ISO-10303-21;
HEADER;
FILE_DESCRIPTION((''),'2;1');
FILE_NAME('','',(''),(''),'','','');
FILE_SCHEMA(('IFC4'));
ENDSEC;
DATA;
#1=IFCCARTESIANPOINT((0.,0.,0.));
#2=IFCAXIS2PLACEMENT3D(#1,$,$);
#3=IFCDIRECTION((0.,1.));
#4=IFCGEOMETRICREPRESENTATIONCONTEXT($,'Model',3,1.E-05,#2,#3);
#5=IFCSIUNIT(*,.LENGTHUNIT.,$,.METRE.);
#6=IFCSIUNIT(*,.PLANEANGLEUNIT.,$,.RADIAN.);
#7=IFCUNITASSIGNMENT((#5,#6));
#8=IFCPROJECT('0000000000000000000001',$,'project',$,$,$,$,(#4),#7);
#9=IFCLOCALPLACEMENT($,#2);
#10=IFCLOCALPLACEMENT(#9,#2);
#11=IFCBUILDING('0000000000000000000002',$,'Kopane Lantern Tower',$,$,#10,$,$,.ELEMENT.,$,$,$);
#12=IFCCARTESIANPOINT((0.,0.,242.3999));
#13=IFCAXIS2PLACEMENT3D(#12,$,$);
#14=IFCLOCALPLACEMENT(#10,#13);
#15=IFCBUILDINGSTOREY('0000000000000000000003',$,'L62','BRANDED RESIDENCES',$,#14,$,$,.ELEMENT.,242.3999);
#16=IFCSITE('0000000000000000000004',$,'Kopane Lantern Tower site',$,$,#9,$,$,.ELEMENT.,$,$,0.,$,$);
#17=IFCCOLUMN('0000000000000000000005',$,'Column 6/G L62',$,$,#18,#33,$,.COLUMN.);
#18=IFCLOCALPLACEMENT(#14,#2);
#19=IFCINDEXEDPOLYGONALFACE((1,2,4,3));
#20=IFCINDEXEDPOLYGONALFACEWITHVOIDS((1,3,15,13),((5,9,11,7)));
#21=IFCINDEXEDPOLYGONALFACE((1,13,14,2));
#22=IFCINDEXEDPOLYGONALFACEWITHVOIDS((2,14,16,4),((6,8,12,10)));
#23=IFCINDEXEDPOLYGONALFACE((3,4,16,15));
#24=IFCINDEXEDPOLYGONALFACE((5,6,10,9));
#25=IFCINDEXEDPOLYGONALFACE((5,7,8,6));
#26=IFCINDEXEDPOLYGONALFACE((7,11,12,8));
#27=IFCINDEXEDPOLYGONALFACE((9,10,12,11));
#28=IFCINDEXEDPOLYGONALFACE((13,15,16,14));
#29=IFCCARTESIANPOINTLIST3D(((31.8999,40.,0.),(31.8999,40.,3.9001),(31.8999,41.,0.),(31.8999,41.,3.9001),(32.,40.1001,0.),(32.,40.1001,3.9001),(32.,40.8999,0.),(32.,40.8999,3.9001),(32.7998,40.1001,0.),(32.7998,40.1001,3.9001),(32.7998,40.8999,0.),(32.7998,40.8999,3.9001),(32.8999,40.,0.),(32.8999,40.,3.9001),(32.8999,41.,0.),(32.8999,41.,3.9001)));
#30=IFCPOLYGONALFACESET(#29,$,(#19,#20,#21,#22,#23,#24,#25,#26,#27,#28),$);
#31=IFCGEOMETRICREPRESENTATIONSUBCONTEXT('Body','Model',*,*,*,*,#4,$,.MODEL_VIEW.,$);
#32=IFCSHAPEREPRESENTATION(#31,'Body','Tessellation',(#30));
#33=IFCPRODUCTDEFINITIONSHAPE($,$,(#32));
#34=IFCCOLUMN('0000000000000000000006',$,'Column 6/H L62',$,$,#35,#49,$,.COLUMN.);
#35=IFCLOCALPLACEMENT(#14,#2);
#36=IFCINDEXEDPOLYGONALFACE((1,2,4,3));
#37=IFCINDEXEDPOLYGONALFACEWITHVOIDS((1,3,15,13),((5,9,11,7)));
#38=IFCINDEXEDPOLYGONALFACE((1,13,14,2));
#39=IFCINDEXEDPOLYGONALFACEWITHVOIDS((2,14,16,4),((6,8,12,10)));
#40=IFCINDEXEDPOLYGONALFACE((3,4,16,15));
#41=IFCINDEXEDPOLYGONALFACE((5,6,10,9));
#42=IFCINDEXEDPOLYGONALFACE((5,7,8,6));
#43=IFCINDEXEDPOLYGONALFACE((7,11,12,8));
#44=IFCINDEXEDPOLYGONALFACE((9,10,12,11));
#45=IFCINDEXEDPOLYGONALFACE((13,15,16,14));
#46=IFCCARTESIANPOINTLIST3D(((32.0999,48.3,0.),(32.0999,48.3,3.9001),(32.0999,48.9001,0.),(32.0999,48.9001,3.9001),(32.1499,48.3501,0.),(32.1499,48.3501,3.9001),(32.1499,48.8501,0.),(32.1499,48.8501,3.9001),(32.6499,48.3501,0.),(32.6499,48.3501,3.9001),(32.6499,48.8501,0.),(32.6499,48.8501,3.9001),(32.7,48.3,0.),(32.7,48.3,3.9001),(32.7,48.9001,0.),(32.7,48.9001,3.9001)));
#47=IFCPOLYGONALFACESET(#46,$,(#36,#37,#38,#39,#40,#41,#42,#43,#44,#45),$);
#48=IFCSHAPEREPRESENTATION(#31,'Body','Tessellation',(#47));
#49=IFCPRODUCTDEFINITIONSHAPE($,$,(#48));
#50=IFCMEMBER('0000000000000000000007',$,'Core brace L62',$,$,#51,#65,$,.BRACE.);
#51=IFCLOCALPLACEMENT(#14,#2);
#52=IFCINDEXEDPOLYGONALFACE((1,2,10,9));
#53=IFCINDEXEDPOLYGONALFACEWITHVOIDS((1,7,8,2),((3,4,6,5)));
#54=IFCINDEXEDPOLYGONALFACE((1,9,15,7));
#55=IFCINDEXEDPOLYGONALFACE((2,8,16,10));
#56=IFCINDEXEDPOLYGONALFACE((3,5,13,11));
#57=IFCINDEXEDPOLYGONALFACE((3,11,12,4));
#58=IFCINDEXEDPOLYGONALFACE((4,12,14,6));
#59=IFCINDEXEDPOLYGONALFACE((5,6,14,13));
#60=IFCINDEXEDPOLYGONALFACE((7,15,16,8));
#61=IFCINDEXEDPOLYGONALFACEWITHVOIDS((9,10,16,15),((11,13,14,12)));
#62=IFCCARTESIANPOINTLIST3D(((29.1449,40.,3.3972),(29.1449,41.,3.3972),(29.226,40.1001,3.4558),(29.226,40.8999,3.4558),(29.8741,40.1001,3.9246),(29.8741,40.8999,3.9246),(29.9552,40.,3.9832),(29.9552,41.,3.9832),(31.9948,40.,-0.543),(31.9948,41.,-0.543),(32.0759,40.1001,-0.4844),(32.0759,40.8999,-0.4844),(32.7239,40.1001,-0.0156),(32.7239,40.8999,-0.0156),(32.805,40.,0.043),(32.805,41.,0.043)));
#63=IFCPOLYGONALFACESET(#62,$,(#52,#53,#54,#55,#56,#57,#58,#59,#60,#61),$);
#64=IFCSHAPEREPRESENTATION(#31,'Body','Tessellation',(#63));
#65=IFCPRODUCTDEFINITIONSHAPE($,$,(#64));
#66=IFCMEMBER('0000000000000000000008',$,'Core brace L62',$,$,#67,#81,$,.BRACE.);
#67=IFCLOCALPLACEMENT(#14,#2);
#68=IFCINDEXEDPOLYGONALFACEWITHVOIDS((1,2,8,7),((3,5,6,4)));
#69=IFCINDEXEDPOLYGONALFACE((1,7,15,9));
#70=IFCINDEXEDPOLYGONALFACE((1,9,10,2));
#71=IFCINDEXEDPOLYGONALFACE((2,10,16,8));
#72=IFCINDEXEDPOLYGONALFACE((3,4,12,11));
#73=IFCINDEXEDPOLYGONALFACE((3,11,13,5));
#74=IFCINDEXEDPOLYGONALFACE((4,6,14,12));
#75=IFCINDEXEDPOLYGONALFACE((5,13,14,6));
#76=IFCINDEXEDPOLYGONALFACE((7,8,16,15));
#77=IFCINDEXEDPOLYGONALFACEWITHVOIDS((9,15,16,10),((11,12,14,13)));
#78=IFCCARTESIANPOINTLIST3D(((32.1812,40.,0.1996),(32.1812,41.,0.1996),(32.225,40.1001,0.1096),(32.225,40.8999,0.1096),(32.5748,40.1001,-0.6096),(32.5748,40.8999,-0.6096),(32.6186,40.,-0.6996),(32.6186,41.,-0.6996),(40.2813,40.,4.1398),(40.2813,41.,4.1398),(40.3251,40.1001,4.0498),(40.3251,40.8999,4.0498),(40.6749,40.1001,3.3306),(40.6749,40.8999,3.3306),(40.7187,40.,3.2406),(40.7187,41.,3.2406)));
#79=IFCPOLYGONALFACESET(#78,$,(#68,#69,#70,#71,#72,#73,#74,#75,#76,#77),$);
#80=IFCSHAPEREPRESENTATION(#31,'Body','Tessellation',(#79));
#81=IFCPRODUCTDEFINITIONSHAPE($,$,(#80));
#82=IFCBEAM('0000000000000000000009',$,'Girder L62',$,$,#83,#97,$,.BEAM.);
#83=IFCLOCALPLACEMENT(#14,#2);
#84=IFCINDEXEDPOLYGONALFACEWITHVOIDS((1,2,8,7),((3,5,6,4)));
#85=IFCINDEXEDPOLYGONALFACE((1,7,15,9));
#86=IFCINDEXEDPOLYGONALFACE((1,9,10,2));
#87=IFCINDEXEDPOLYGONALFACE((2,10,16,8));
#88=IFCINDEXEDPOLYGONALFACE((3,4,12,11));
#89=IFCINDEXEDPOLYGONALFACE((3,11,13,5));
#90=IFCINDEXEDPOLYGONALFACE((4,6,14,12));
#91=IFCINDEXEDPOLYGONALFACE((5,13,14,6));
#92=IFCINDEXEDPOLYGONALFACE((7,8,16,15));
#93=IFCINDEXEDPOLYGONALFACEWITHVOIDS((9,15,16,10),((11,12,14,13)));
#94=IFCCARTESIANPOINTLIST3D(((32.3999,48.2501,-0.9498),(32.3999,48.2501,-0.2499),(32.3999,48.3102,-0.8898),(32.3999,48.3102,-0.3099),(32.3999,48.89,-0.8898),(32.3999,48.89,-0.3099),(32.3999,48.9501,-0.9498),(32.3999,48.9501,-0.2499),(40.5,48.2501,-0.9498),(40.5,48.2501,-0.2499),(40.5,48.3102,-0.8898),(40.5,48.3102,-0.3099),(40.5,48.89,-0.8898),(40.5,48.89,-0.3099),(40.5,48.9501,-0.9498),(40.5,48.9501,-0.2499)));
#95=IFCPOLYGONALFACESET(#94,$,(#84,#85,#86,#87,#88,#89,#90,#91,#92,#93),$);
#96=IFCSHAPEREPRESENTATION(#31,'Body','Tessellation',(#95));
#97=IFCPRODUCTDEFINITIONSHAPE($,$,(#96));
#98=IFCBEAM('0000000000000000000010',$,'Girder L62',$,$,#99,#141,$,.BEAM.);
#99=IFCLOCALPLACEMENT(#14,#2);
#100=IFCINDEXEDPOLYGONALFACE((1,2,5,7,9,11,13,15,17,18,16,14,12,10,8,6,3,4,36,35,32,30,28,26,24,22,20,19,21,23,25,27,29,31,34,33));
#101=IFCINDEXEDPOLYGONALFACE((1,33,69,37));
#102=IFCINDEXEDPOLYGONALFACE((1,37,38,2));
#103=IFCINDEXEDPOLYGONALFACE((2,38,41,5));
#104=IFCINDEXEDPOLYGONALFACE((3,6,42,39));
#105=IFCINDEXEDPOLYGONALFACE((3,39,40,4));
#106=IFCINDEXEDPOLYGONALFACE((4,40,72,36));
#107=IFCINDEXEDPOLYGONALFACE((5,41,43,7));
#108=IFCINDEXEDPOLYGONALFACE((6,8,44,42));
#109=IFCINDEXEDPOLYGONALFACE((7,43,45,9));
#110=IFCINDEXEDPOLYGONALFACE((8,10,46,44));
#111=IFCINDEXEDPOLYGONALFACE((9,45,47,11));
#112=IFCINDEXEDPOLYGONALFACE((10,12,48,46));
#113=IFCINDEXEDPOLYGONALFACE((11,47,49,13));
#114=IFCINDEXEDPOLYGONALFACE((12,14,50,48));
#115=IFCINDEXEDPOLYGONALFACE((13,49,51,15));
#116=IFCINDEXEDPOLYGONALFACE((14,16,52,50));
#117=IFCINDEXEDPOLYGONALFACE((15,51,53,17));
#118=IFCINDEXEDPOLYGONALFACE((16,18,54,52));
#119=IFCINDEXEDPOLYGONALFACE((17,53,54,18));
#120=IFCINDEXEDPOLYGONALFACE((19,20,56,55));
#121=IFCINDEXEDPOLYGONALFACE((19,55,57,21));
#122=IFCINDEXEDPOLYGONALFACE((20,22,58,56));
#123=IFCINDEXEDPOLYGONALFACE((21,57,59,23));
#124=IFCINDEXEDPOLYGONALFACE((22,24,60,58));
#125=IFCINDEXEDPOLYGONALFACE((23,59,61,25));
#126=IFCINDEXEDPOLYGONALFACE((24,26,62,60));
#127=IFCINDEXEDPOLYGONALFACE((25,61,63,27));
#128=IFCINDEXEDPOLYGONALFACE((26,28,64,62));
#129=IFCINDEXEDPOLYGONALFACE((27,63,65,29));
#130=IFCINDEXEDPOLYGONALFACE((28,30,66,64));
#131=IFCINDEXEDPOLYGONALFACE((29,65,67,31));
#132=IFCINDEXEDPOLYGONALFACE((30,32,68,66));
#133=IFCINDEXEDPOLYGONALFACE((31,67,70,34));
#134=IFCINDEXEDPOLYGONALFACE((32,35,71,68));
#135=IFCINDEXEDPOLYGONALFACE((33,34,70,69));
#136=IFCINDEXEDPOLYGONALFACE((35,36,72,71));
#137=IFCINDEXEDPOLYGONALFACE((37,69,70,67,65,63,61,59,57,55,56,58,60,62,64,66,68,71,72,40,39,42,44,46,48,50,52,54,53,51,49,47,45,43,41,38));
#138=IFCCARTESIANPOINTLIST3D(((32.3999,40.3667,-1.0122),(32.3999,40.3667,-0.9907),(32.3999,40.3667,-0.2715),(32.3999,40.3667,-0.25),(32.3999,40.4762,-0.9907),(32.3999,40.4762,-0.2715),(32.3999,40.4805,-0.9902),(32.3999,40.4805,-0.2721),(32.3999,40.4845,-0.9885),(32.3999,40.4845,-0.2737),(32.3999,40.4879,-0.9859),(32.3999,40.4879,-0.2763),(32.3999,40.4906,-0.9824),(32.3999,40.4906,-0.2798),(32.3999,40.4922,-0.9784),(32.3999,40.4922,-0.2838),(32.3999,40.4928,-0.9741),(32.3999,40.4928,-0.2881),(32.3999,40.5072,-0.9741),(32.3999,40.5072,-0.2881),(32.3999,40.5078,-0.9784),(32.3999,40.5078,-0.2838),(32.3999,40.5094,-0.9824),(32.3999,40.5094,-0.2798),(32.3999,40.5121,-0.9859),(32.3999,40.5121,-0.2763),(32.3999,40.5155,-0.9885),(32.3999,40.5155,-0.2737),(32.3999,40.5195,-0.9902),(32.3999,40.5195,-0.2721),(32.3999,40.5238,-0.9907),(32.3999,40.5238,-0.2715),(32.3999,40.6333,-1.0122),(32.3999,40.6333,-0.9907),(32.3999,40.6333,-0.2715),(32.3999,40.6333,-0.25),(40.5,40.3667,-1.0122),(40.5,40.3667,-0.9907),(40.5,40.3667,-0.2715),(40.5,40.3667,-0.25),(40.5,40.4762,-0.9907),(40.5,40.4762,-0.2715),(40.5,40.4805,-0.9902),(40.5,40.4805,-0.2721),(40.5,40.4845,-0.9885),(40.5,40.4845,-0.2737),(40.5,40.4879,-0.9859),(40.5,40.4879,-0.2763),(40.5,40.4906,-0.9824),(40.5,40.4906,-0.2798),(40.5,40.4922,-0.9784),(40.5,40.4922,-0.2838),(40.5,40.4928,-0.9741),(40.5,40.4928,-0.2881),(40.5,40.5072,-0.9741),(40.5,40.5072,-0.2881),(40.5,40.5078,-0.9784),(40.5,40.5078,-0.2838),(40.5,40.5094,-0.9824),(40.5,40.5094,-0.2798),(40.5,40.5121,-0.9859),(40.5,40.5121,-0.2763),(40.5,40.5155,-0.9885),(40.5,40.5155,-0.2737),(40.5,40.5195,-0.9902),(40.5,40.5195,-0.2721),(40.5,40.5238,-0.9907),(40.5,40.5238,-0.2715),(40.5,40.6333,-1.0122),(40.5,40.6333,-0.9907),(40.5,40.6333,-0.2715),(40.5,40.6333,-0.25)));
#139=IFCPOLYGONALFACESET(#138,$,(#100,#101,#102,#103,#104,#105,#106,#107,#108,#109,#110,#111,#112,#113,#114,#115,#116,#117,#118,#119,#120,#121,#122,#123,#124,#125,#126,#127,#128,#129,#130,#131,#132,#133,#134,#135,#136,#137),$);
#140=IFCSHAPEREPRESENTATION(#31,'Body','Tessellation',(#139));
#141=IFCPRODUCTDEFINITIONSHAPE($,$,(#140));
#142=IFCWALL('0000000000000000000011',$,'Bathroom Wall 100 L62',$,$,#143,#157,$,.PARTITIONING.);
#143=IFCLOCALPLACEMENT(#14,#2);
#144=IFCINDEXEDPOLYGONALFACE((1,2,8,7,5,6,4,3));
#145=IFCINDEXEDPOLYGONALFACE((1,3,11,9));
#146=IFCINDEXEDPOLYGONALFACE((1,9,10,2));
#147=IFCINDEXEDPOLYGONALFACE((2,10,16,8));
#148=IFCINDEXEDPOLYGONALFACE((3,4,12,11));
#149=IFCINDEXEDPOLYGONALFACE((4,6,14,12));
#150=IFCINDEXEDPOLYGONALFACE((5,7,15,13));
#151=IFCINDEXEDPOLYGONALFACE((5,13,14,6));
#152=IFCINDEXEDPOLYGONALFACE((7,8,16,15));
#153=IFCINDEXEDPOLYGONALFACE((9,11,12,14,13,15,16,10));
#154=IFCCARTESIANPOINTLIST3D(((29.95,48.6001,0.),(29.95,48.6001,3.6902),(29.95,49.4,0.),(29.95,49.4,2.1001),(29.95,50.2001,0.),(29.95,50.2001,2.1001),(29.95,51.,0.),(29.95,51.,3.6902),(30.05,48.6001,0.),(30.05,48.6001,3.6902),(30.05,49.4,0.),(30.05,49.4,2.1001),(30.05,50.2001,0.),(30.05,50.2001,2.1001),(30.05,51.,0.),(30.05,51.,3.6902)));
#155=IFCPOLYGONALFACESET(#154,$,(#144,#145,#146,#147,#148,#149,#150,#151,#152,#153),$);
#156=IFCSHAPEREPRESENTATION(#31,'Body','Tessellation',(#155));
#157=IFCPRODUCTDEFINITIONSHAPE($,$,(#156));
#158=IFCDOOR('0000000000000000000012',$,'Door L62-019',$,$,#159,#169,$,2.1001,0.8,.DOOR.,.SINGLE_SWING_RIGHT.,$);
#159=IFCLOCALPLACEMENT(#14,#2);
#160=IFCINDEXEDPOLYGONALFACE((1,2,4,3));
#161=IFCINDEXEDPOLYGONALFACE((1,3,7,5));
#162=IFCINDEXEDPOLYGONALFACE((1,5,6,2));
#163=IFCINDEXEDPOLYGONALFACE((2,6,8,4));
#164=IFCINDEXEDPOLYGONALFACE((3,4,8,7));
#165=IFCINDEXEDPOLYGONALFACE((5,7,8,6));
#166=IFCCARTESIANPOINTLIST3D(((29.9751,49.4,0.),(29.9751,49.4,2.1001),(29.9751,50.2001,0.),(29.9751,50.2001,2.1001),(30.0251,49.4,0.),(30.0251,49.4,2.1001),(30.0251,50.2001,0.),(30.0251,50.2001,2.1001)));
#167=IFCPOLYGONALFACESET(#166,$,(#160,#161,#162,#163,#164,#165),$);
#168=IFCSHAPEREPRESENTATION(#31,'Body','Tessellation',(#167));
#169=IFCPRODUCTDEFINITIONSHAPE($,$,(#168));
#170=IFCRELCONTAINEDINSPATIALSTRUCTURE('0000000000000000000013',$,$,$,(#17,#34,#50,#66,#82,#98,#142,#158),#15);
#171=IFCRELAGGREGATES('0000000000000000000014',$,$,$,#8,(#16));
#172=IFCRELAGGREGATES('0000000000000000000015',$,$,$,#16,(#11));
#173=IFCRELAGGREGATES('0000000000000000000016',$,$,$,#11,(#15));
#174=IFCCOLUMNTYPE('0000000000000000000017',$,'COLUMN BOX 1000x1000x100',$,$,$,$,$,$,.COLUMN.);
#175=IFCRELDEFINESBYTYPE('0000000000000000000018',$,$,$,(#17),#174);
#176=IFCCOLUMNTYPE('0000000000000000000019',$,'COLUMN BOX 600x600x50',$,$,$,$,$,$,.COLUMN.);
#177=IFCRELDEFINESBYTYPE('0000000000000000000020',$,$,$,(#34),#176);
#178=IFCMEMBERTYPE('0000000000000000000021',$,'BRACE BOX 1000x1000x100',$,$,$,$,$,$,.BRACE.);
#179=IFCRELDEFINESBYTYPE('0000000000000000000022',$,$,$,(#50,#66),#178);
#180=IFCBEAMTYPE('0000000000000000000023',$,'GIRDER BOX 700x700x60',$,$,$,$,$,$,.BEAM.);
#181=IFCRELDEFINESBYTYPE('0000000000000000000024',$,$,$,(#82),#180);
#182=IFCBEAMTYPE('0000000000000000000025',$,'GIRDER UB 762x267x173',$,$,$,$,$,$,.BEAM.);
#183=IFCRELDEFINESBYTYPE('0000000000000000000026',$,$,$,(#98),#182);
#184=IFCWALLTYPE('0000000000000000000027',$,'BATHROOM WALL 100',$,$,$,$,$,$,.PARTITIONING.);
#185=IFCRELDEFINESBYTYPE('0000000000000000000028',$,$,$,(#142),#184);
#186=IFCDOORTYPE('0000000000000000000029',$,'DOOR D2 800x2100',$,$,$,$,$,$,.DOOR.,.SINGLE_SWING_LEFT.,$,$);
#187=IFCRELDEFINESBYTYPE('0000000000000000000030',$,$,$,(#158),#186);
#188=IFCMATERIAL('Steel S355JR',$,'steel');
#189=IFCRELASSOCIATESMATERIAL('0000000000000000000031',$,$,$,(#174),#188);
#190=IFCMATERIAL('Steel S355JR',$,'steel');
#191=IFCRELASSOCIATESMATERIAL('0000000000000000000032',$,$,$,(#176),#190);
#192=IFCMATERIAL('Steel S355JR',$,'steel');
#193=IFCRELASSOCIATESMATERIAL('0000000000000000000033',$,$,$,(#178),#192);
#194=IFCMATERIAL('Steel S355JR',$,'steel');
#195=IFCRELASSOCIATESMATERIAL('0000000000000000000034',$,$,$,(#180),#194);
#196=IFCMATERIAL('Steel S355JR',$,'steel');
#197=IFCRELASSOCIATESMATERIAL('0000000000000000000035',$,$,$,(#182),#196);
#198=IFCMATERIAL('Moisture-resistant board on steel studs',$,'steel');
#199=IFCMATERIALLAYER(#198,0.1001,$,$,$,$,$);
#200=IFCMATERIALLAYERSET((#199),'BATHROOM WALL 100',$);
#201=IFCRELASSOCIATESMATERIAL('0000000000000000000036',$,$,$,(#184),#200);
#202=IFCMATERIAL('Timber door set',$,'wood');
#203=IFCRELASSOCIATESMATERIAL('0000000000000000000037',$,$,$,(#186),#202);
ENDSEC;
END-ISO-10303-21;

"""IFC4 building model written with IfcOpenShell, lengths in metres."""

from ifc_helpers import new_model, si_unit, direction, frame, frame_2d, origin, origin_2d, place, context, subcontext, project, spatial, rectangle, hollow_rectangle, i_section, extrude, material, layer, layer_set, material_profile, profile_set, type_object, element, fill, save


model = new_model("IFC4")

# Units and contexts
model_context = context("Model", 3, precision=1e-05, world=origin(), true_north=direction((0.0, 1.0)))
body_context = subcontext(model_context, "Body", "Model", "MODEL_VIEW")
ifc_project = project(units=[si_unit("LENGTHUNIT", "METRE"), si_unit("PLANEANGLEUNIT", "RADIAN")], contexts=[model_context])

# Site, building, storey
site_placement = place(None, origin())
site = spatial("IfcSite", under=ifc_project, at=site_placement, Name="Kopane Lantern Tower site", CompositionType="ELEMENT", RefElevation=0.0)
building_placement = place(site_placement, origin())
building = spatial("IfcBuilding", under=site, at=building_placement, Name="Kopane Lantern Tower", CompositionType="ELEMENT")
storey_placement = place(building_placement, frame((0.0, 0.0, 242.3999)))
storey = spatial("IfcBuildingStorey", under=building, at=storey_placement, Name="L62", Description="BRANDED RESIDENCES", CompositionType="ELEMENT", Elevation=242.3999)

# Columns
ifc_material_1 = material(Name="Steel S355JR", Category="steel")
ifc_material_profile_1 = material_profile(ifc_material_1, hollow_rectangle(XDim=1.0, YDim=1.0, WallThickness=0.1001, at=origin_2d()), Name="BOX 1000x1000x100")
ifc_profile_set_1 = profile_set([ifc_material_profile_1], Name="Steel S355JR")
column_type_1 = type_object("IfcColumnType", Name="COLUMN BOX 1000x1000x100", PredefinedType="COLUMN", material=ifc_profile_set_1)
column_1_placement = place(storey_placement, frame((32.3999, 40.5, 0.0), z_axis=(0.0, 0.0, 1.0), x_axis=(1.0, 0.0, 0.0)))
element("IfcColumn", 1, at=column_1_placement, inside=storey, type_object=column_type_1, Name="Column 6/G L62", PredefinedType="COLUMN", context=body_context, shape_type="SweptSolid", body=[
    extrude(hollow_rectangle(XDim=1.0, YDim=1.0, WallThickness=0.1001, at=origin_2d()), origin(), (0.0, 0.0, 1.0), 3.9001),
])
ifc_material_2 = material(Name="Steel S355JR", Category="steel")
ifc_material_profile_2 = material_profile(ifc_material_2, hollow_rectangle(XDim=0.6001, YDim=0.6001, WallThickness=0.05, at=origin_2d()), Name="BOX 600x600x50")
ifc_profile_set_2 = profile_set([ifc_material_profile_2], Name="Steel S355JR")
column_type_2 = type_object("IfcColumnType", Name="COLUMN BOX 600x600x50", PredefinedType="COLUMN", material=ifc_profile_set_2)
column_2_placement = place(storey_placement, frame((32.3999, 48.6001, 0.0), z_axis=(0.0, 0.0, 1.0), x_axis=(1.0, 0.0, 0.0)))
element("IfcColumn", 2, at=column_2_placement, inside=storey, type_object=column_type_2, Name="Column 6/H L62", PredefinedType="COLUMN", context=body_context, shape_type="SweptSolid", body=[
    extrude(hollow_rectangle(XDim=0.6001, YDim=0.6001, WallThickness=0.05, at=origin_2d()), origin(), (0.0, 0.0, 1.0), 3.9001),
])

# Members
ifc_material_3 = material(Name="Steel S355JR", Category="steel")
ifc_material_profile_3 = material_profile(ifc_material_3, hollow_rectangle(XDim=1.0, YDim=1.0, WallThickness=0.1001, at=origin_2d()), Name="BOX 1000x1000x100")
ifc_profile_set_3 = profile_set([ifc_material_profile_3], Name="Steel S355JR")
member_type = type_object("IfcMemberType", Name="BRACE BOX 1000x1000x100", PredefinedType="BRACE", material=ifc_profile_set_3)
member_1_placement = place(storey_placement, frame((32.3999, 40.5, -0.25), z_axis=(-0.586053, 0.0, 0.810273), x_axis=(0.0, -1.0, 0.0)))
element("IfcMember", 3, at=member_1_placement, inside=storey, type_object=member_type, Name="Core brace L62", PredefinedType="BRACE", context=body_context, shape_type="SweptSolid", body=[
    extrude(hollow_rectangle(XDim=1.0, YDim=1.0, WallThickness=0.1001, at=origin_2d()), origin(), (0.0, 0.0, 1.0), 4.8628),
])
member_2_placement = place(storey_placement, frame((32.3999, 40.5, -0.25), z_axis=(0.899253, 0.0, 0.43743), x_axis=(0.0, 1.0, 0.0)))
element("IfcMember", 4, at=member_2_placement, inside=storey, type_object=member_type, Name="Core brace L62", PredefinedType="BRACE", context=body_context, shape_type="SweptSolid", body=[
    extrude(hollow_rectangle(XDim=1.0, YDim=1.0, WallThickness=0.1001, at=origin_2d()), origin(), (0.0, 0.0, 1.0), 9.0076),
])

# Beams
ifc_material_4 = material(Name="Steel S355JR", Category="steel")
ifc_material_profile_4 = material_profile(ifc_material_4, hollow_rectangle(XDim=0.7, YDim=0.7, WallThickness=0.0601, at=origin_2d()), Name="BOX 700x700x60")
ifc_profile_set_4 = profile_set([ifc_material_profile_4], Name="Steel S355JR")
beam_type_1 = type_object("IfcBeamType", Name="GIRDER BOX 700x700x60", PredefinedType="BEAM", material=ifc_profile_set_4)
beam_1_placement = place(storey_placement, frame((32.3999, 48.6001, -0.5999), z_axis=(1.0, 0.0, 0.0), x_axis=(0.0, 1.0, 0.0)))
element("IfcBeam", 5, at=beam_1_placement, inside=storey, type_object=beam_type_1, Name="Girder L62", PredefinedType="BEAM", context=body_context, shape_type="SweptSolid", body=[
    extrude(hollow_rectangle(XDim=0.7, YDim=0.7, WallThickness=0.0601, at=origin_2d()), origin(), (0.0, 0.0, 1.0), 8.1001),
])
ifc_material_5 = material(Name="Steel S355JR", Category="steel")
ifc_material_profile_5 = material_profile(ifc_material_5, i_section(OverallWidth=0.2666, OverallDepth=0.7622, WebThickness=0.0144, FlangeThickness=0.0215, FilletRadius=0.0166, at=origin_2d()), Name="UB 762x267x173")
ifc_profile_set_5 = profile_set([ifc_material_profile_5], Name="Steel S355JR")
beam_type_2 = type_object("IfcBeamType", Name="GIRDER UB 762x267x173", PredefinedType="BEAM", material=ifc_profile_set_5)
beam_2_placement = place(storey_placement, frame((32.3999, 40.5, -0.6311), z_axis=(1.0, 0.0, 0.0), x_axis=(0.0, 1.0, 0.0)))
element("IfcBeam", 6, at=beam_2_placement, inside=storey, type_object=beam_type_2, Name="Girder L62", PredefinedType="BEAM", context=body_context, shape_type="SweptSolid", body=[
    extrude(i_section(OverallWidth=0.2666, OverallDepth=0.7622, WebThickness=0.0144, FlangeThickness=0.0215, FilletRadius=0.0166, at=origin_2d()), origin(), (0.0, 0.0, 1.0), 8.1001),
])

# Wall, opening, door
ifc_material_6 = material(Name="Moisture-resistant board on steel studs", Category="steel")
ifc_layer_1 = layer(ifc_material_6, 0.1001)
ifc_layer_set_1 = layer_set([ifc_layer_1], Name="BATHROOM WALL 100")
wall_type_1 = type_object("IfcWallType", Name="BATHROOM WALL 100", PredefinedType="PARTITIONING", material=ifc_layer_set_1)
wall_1_placement = place(storey_placement, frame((30.0, 48.6001, 0.0), z_axis=(0.0, 0.0, 1.0), x_axis=(0.0, 1.0, 0.0)))
wall_1 = element("IfcWall", 7, at=wall_1_placement, inside=storey, type_object=wall_type_1, Name="Bathroom Wall 100 L62", PredefinedType="PARTITIONING", context=body_context, shape_type="SweptSolid", body=[
    extrude(rectangle(XDim=2.3999, YDim=0.1001, at=frame_2d((1.2, 0.0))), origin(), (0.0, 0.0, 1.0), 3.6902),
])
opening_1_placement = place(wall_1_placement, frame((0.8, 0.0, 0.0)))
opening_1 = element("IfcOpeningElement", 8, at=opening_1_placement, cuts=wall_1, PredefinedType="OPENING", context=body_context, shape_type="SweptSolid", body=[
    extrude(rectangle(XDim=0.8, YDim=2.1001, at=frame_2d((0.3999, 1.05))), frame((0.0, 0.0601, 0.0), z_axis=(0.0, -1.0, 0.0), x_axis=(1.0, 0.0, 0.0)), (0.0, 0.0, 1.0), 0.1201),
])
ifc_material_7 = material(Name="Timber door set", Category="wood")
door_type_1 = type_object("IfcDoorType", Name="DOOR D2 800x2100", OperationType="SINGLE_SWING_LEFT", PredefinedType="DOOR", material=ifc_material_7)
door_1_placement = place(opening_1_placement, origin())
door_1 = element("IfcDoor", 9, at=door_1_placement, inside=storey, type_object=door_type_1, Name="Door L62-019", OperationType="SINGLE_SWING_RIGHT", OverallHeight=2.1001, OverallWidth=0.8, PredefinedType="DOOR", context=body_context, shape_type="SweptSolid", body=[
    extrude(rectangle(XDim=0.8, YDim=2.1001, at=frame_2d((0.3999, 1.05))), frame((0.0, 0.0249, 0.0), z_axis=(0.0, -1.0, 0.0), x_axis=(1.0, 0.0, 0.0)), (0.0, 0.0, 1.0), 0.05),
])
fill(opening_1, door_1)

save(model, "model.ifc")
